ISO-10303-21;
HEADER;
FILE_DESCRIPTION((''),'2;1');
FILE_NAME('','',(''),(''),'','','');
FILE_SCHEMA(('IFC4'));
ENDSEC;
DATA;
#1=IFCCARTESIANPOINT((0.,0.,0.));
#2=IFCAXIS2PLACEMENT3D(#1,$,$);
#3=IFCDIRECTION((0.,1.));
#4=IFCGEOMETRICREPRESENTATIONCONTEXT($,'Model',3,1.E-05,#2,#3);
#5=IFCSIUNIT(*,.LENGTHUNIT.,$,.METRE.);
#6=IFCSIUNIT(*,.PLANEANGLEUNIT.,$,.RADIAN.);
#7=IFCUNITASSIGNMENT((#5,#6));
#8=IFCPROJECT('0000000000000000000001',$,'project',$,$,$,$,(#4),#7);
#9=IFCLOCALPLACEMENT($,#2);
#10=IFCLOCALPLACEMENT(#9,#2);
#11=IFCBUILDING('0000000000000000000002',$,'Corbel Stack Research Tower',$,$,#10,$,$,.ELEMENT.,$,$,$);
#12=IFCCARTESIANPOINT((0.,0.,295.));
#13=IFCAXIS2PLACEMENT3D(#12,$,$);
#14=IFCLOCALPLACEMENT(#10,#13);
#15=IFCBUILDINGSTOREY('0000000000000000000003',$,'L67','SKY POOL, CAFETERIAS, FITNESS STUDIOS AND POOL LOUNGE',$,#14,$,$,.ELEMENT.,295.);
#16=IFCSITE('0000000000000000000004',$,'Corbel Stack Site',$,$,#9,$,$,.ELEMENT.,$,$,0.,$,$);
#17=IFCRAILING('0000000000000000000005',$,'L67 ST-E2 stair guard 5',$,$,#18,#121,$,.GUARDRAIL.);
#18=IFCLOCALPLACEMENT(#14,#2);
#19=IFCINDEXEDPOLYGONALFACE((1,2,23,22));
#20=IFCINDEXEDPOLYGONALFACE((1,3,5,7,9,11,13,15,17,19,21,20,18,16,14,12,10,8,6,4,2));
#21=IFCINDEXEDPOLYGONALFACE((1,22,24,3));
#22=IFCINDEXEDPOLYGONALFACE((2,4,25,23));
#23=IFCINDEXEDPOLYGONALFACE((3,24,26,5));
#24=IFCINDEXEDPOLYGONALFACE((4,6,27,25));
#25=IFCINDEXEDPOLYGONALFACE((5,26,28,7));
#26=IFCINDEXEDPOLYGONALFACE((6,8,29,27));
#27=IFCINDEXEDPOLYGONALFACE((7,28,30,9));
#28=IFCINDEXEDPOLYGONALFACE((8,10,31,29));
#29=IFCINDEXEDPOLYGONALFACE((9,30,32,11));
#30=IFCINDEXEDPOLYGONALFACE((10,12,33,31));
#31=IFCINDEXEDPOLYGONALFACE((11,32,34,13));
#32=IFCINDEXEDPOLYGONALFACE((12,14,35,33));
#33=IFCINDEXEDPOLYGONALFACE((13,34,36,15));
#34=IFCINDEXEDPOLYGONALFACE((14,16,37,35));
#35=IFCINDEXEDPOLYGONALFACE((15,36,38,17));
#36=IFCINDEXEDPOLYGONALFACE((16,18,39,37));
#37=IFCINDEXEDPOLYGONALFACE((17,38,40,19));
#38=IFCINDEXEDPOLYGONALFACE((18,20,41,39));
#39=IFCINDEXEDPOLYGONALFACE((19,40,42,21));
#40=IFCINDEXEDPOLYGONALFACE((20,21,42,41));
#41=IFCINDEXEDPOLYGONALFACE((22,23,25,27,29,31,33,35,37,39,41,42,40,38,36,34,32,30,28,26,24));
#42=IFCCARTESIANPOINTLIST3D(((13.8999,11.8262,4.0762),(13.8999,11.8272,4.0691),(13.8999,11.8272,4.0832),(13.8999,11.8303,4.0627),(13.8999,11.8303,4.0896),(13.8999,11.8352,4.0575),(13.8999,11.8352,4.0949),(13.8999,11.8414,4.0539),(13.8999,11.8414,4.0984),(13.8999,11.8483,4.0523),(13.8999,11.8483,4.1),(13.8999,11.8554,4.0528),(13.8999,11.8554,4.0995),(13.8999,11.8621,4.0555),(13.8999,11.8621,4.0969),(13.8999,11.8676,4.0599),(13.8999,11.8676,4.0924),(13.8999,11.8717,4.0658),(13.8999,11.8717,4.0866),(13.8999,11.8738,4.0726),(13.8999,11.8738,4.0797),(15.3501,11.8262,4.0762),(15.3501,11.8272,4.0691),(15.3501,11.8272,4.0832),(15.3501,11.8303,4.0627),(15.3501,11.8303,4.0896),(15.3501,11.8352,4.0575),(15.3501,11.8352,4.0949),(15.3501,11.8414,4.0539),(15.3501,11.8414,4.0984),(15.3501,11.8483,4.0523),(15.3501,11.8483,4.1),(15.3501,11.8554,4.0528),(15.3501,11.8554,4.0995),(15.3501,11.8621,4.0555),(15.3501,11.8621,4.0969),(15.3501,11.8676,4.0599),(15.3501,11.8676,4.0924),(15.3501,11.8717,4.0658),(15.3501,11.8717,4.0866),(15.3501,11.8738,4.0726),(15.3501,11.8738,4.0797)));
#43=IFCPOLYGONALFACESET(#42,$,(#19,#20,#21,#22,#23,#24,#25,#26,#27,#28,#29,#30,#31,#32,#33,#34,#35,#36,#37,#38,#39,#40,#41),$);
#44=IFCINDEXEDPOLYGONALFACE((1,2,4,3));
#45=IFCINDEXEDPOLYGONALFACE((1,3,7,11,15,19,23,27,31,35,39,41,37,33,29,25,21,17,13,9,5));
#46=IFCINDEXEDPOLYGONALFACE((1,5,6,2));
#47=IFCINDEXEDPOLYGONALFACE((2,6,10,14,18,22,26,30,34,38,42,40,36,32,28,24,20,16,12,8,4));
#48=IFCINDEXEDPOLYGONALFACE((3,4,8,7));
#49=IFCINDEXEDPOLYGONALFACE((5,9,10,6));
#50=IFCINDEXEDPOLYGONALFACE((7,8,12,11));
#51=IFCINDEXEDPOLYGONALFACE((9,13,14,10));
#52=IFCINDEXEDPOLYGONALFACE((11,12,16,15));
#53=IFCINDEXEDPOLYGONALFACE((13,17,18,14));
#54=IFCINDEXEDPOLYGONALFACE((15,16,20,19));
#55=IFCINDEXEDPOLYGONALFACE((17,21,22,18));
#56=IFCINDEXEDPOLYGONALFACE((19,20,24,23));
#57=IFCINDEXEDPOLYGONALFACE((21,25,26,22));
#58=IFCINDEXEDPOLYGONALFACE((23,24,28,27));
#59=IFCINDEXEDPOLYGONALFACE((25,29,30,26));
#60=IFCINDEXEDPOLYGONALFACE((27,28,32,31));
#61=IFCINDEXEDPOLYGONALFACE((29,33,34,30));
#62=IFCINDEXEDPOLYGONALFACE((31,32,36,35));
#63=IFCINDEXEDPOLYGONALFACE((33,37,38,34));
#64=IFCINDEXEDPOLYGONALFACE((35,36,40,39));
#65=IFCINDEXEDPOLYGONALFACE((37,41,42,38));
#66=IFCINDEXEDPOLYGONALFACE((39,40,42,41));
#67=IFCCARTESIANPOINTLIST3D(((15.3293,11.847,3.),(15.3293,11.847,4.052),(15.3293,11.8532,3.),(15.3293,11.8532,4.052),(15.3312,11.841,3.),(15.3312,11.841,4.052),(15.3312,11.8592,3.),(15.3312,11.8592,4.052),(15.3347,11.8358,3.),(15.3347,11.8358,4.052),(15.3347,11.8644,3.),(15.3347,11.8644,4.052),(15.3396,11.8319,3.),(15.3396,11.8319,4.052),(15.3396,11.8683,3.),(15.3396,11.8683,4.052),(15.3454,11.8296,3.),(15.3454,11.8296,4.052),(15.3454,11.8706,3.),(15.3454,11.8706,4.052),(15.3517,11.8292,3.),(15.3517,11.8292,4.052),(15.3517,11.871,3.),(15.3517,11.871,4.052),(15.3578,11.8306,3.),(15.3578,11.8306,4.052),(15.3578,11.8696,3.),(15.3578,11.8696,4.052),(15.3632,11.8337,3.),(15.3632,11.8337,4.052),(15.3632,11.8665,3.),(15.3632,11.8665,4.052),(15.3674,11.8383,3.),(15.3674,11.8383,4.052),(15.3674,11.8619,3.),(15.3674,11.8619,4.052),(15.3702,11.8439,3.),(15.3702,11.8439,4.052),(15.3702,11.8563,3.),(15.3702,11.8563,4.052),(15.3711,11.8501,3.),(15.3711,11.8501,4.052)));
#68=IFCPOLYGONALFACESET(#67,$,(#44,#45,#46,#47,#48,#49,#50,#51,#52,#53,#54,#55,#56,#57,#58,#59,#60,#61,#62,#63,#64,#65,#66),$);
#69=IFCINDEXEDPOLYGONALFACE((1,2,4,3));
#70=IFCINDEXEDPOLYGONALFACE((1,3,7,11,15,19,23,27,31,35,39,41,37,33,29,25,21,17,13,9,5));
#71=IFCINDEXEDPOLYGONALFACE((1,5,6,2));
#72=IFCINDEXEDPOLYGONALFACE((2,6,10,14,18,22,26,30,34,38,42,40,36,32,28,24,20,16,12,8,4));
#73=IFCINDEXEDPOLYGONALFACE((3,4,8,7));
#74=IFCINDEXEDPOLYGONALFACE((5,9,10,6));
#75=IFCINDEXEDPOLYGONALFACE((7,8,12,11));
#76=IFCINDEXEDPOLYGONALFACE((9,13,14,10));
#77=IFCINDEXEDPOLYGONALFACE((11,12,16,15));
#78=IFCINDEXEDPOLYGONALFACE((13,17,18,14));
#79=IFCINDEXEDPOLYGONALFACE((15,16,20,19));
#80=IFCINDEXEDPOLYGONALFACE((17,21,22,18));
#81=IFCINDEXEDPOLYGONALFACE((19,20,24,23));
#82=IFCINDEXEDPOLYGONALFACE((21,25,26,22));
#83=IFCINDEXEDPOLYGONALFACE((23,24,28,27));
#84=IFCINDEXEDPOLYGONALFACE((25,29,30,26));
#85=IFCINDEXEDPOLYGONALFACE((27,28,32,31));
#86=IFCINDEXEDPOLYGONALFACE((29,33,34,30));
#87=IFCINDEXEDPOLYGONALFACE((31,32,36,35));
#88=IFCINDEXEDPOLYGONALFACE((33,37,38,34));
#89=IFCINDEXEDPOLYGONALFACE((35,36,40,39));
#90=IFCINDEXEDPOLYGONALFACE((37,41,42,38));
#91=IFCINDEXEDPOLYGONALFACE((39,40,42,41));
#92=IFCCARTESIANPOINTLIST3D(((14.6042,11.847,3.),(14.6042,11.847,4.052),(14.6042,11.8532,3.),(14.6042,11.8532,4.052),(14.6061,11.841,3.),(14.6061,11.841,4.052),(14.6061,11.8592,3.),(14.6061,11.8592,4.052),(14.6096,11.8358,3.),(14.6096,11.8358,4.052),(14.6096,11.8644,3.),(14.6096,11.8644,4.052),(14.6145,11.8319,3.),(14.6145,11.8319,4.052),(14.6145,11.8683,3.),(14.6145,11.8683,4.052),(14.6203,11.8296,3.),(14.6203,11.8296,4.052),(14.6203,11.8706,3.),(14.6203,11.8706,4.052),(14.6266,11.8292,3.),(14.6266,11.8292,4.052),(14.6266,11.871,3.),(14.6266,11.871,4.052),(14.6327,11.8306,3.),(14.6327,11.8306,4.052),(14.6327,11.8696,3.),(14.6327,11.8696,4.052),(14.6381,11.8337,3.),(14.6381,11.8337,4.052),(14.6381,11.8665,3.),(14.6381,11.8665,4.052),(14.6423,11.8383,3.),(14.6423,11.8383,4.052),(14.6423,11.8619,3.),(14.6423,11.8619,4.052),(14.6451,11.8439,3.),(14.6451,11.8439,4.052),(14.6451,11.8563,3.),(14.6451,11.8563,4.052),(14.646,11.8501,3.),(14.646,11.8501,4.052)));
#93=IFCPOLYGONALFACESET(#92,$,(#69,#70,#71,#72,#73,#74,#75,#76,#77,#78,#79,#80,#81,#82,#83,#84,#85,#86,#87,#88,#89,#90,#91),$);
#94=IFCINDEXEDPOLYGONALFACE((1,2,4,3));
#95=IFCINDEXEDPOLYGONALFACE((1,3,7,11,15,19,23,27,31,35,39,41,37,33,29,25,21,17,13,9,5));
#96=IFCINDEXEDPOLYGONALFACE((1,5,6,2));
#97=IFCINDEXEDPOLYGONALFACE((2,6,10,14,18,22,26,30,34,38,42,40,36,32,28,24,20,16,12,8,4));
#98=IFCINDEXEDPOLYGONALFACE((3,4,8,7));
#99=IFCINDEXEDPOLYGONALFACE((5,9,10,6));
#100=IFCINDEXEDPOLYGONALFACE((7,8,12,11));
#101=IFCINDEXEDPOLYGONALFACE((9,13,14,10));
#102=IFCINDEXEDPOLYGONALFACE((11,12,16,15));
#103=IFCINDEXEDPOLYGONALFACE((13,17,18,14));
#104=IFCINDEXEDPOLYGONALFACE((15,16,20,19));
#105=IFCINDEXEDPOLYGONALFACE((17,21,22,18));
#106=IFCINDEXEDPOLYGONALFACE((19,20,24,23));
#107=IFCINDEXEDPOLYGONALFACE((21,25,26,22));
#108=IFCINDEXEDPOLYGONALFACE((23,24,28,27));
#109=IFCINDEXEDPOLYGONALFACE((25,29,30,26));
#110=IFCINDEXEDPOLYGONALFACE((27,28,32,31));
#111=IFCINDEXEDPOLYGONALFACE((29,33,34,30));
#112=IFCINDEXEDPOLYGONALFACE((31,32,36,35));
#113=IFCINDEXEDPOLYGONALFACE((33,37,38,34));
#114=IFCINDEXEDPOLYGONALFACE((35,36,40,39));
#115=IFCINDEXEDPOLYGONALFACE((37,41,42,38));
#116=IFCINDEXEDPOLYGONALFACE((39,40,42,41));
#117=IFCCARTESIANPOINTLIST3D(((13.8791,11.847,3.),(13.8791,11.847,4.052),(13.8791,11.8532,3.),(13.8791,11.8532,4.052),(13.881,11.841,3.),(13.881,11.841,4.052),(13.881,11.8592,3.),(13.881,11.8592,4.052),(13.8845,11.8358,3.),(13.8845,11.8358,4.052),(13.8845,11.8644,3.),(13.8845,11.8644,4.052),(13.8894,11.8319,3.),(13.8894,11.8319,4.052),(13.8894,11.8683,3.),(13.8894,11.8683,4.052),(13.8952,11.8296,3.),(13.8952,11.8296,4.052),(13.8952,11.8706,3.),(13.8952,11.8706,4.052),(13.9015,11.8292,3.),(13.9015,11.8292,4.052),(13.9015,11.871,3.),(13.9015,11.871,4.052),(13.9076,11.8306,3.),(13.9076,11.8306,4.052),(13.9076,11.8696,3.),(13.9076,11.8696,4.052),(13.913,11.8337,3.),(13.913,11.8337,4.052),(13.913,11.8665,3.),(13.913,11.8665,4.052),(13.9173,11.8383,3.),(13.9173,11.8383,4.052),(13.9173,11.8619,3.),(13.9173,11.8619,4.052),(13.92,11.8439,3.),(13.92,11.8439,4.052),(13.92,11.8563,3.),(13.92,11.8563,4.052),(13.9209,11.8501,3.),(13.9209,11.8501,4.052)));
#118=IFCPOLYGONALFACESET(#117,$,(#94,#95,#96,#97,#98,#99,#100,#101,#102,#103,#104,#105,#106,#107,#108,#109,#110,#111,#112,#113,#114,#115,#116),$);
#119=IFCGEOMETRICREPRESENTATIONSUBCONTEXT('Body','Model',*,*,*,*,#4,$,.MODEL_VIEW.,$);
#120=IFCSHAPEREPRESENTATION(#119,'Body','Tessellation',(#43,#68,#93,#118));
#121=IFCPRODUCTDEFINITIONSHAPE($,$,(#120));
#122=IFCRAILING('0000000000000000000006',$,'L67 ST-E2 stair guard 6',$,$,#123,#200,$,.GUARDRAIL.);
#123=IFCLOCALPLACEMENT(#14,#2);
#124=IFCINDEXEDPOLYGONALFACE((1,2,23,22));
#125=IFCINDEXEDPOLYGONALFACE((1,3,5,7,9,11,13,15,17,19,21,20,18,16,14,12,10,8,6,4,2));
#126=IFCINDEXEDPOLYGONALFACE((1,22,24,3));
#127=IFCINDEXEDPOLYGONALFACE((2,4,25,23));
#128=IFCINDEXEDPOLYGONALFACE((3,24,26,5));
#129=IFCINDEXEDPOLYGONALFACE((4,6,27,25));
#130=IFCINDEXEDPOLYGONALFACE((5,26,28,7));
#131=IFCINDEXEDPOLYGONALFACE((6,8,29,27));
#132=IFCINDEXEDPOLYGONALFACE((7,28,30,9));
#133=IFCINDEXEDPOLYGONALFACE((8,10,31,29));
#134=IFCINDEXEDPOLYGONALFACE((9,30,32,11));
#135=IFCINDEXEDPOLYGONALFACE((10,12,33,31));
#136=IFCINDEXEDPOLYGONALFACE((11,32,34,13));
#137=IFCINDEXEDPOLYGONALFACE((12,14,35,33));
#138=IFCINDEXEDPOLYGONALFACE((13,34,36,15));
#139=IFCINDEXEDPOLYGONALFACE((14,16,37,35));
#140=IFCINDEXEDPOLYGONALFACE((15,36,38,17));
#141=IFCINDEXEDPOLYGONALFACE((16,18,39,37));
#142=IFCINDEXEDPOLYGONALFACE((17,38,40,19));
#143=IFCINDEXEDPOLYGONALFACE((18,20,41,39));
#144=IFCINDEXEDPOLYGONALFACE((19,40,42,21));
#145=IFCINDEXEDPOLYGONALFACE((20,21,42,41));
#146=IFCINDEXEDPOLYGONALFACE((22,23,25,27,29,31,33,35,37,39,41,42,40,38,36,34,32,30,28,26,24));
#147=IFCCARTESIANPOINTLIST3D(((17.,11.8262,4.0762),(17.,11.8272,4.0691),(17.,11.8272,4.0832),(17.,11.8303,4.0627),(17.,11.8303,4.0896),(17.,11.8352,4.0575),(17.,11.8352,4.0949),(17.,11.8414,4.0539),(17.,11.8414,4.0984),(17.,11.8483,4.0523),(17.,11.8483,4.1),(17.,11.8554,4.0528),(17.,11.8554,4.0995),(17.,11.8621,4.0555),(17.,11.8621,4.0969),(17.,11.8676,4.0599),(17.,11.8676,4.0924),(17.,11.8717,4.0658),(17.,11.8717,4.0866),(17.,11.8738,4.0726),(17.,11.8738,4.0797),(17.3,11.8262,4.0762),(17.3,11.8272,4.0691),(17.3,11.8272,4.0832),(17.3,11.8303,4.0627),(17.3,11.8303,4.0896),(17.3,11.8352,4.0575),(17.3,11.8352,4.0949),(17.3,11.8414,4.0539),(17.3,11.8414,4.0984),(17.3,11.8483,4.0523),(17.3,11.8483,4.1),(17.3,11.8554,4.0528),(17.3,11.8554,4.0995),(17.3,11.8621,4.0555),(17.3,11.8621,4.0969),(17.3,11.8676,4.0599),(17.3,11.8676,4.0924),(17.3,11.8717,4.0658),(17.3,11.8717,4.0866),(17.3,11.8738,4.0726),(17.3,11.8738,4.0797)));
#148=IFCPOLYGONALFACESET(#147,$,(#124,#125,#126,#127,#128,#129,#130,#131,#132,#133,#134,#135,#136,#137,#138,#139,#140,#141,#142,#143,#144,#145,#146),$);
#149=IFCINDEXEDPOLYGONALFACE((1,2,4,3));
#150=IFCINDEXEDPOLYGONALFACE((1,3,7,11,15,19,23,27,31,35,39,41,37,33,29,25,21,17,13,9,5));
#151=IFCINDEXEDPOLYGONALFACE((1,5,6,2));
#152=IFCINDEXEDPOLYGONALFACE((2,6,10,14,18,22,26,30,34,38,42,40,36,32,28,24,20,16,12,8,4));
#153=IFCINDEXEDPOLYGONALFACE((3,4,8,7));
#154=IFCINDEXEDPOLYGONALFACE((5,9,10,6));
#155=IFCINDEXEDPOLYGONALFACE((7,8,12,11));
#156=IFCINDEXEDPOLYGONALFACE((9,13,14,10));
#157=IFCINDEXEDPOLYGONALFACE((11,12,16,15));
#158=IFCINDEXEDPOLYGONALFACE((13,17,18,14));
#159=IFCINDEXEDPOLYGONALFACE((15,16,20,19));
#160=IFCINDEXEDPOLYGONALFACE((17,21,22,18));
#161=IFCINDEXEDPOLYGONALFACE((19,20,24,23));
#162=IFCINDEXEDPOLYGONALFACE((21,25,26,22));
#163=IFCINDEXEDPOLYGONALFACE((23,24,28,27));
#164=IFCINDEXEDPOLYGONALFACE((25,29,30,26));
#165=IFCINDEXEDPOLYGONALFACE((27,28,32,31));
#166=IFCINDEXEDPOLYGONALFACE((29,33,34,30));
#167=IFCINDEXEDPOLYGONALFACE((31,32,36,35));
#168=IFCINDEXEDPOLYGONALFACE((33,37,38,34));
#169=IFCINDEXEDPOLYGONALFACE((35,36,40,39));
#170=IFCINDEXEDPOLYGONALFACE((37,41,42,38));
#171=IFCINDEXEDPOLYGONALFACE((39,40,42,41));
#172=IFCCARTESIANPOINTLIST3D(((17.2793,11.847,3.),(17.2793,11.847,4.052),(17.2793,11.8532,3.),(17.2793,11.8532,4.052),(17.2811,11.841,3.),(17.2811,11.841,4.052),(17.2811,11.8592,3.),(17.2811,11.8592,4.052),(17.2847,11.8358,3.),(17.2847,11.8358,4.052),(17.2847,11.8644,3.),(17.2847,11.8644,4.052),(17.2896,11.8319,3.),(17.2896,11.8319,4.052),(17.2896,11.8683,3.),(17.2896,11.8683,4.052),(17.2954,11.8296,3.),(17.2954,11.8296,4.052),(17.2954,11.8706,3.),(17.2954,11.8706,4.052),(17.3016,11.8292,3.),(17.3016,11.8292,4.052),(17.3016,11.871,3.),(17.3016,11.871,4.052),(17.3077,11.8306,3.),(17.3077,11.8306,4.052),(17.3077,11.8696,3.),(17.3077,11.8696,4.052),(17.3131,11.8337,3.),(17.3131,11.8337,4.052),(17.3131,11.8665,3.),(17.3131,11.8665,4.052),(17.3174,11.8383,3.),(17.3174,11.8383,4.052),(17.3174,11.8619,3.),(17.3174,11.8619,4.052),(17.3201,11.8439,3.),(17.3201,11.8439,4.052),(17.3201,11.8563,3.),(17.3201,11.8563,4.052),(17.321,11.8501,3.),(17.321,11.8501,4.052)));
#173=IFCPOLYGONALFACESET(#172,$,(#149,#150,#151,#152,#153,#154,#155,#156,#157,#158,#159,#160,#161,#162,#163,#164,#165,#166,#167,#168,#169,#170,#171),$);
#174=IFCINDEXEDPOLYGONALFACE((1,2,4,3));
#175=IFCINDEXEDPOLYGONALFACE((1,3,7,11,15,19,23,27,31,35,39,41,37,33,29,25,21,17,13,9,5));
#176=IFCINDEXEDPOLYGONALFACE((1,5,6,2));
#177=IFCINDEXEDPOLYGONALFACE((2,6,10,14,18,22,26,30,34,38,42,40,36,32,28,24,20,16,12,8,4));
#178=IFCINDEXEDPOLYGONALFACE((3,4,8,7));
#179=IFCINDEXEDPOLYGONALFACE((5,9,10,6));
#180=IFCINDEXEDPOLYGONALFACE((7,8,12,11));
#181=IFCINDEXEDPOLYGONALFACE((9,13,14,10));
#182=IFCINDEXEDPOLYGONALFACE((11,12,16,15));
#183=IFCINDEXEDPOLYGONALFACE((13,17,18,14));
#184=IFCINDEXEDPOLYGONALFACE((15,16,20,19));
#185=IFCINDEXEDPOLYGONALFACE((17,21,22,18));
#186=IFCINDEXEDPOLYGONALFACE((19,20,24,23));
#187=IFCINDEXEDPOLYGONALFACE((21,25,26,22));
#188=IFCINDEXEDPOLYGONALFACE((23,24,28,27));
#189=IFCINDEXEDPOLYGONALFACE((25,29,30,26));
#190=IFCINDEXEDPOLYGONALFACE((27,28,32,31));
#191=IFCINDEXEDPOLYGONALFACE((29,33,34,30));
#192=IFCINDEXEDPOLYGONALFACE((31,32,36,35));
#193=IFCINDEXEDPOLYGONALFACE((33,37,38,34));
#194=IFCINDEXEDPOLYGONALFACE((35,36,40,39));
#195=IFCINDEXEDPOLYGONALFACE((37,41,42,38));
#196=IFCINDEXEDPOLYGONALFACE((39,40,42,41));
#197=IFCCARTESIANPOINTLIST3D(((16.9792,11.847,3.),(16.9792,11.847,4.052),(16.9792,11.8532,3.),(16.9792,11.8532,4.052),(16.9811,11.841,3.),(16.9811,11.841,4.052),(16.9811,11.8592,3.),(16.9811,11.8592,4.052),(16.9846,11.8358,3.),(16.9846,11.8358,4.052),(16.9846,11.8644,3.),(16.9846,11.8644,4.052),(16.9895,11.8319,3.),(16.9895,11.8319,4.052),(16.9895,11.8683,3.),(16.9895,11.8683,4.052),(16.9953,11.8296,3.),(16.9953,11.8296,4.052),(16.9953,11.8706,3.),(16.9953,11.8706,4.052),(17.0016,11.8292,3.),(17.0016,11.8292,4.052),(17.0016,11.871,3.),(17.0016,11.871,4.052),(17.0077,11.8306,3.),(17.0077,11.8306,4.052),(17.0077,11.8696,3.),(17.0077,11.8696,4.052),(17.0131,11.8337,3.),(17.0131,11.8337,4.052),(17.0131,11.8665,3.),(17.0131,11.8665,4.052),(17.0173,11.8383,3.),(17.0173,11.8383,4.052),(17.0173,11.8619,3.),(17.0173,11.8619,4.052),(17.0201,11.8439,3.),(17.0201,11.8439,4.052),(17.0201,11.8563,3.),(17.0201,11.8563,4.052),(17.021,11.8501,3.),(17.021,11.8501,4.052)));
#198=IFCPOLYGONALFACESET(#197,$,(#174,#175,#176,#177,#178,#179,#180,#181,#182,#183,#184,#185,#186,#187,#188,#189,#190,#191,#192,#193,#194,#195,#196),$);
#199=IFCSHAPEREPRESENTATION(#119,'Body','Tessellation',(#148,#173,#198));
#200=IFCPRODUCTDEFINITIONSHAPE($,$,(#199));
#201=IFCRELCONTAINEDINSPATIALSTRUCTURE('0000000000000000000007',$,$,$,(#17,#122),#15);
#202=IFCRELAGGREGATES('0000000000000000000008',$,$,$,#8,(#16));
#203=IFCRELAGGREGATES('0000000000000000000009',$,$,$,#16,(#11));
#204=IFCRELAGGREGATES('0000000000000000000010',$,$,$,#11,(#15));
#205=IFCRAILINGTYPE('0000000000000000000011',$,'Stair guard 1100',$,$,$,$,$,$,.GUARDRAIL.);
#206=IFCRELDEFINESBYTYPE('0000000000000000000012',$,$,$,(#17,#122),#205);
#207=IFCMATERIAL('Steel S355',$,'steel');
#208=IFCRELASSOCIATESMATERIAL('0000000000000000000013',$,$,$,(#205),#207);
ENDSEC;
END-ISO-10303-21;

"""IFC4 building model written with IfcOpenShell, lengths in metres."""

from ifc_helpers import new_model, si_unit, direction, frame, origin, origin_2d, place, context, subcontext, project, spatial, circle, extrude, material, type_object, element, save


model = new_model("IFC4")

# Units and contexts
model_context = context("Model", 3, precision=1e-05, world=origin(), true_north=direction((0.0, 1.0)))
body_context = subcontext(model_context, "Body", "Model", "MODEL_VIEW")
ifc_project = project(units=[si_unit("LENGTHUNIT", "METRE"), si_unit("PLANEANGLEUNIT", "RADIAN")], contexts=[model_context])

# Site, building, storey
site_placement = place(None, origin())
site = spatial("IfcSite", under=ifc_project, at=site_placement, Name="Corbel Stack Site", CompositionType="ELEMENT", RefElevation=0.0)
building_placement = place(site_placement, origin())
building = spatial("IfcBuilding", under=site, at=building_placement, Name="Corbel Stack Research Tower", CompositionType="ELEMENT")
storey_placement = place(building_placement, frame((0.0, 0.0, 295.0)))
storey = spatial("IfcBuildingStorey", under=building, at=storey_placement, Name="L67", Description="SKY POOL, CAFETERIAS, FITNESS STUDIOS AND POOL LOUNGE", CompositionType="ELEMENT", Elevation=295.0)

# Railings
ifc_material_1 = material(Name="Steel S355", Category="steel")
railing_type_1 = type_object("IfcRailingType", Name="Stair guard 1100", PredefinedType="GUARDRAIL", material=ifc_material_1)
railing_1_placement = place(storey_placement, frame((15.3501, 11.8501, 3.0)))
element("IfcRailing", 1, at=railing_1_placement, inside=storey, type_object=railing_type_1, Name="L67 ST-E2 stair guard 5", PredefinedType="GUARDRAIL", context=body_context, shape_type="SweptSolid", body=[
    extrude(circle(Radius=0.0239, at=origin_2d()), frame((0.0, 0.0, 1.0762), z_axis=(-1.0, 0.0, 0.0), x_axis=(0.0, -1.0, 0.0)), (0.0, 0.0, 1.0), 1.4502),
    extrude(circle(Radius=0.021, at=origin_2d()), origin(), (0.0, 0.0, 1.0), 1.052),
    extrude(circle(Radius=0.021, at=origin_2d()), frame((-0.7251, 0.0, 0.0)), (0.0, 0.0, 1.0), 1.052),
    extrude(circle(Radius=0.021, at=origin_2d()), frame((-1.4502, 0.0, 0.0)), (0.0, 0.0, 1.0), 1.052),
])
railing_2_placement = place(storey_placement, frame((17.3, 11.8501, 3.0)))
element("IfcRailing", 2, at=railing_2_placement, inside=storey, type_object=railing_type_1, Name="L67 ST-E2 stair guard 6", PredefinedType="GUARDRAIL", context=body_context, shape_type="SweptSolid", body=[
    extrude(circle(Radius=0.0239, at=origin_2d()), frame((0.0, 0.0, 1.0762), z_axis=(-1.0, 0.0, 0.0), x_axis=(0.0, -1.0, 0.0)), (0.0, 0.0, 1.0), 0.3),
    extrude(circle(Radius=0.021, at=origin_2d()), origin(), (0.0, 0.0, 1.0), 1.052),
    extrude(circle(Radius=0.021, at=origin_2d()), frame((-0.3, 0.0, 0.0)), (0.0, 0.0, 1.0), 1.052),
])

save(model, "model.ifc")
